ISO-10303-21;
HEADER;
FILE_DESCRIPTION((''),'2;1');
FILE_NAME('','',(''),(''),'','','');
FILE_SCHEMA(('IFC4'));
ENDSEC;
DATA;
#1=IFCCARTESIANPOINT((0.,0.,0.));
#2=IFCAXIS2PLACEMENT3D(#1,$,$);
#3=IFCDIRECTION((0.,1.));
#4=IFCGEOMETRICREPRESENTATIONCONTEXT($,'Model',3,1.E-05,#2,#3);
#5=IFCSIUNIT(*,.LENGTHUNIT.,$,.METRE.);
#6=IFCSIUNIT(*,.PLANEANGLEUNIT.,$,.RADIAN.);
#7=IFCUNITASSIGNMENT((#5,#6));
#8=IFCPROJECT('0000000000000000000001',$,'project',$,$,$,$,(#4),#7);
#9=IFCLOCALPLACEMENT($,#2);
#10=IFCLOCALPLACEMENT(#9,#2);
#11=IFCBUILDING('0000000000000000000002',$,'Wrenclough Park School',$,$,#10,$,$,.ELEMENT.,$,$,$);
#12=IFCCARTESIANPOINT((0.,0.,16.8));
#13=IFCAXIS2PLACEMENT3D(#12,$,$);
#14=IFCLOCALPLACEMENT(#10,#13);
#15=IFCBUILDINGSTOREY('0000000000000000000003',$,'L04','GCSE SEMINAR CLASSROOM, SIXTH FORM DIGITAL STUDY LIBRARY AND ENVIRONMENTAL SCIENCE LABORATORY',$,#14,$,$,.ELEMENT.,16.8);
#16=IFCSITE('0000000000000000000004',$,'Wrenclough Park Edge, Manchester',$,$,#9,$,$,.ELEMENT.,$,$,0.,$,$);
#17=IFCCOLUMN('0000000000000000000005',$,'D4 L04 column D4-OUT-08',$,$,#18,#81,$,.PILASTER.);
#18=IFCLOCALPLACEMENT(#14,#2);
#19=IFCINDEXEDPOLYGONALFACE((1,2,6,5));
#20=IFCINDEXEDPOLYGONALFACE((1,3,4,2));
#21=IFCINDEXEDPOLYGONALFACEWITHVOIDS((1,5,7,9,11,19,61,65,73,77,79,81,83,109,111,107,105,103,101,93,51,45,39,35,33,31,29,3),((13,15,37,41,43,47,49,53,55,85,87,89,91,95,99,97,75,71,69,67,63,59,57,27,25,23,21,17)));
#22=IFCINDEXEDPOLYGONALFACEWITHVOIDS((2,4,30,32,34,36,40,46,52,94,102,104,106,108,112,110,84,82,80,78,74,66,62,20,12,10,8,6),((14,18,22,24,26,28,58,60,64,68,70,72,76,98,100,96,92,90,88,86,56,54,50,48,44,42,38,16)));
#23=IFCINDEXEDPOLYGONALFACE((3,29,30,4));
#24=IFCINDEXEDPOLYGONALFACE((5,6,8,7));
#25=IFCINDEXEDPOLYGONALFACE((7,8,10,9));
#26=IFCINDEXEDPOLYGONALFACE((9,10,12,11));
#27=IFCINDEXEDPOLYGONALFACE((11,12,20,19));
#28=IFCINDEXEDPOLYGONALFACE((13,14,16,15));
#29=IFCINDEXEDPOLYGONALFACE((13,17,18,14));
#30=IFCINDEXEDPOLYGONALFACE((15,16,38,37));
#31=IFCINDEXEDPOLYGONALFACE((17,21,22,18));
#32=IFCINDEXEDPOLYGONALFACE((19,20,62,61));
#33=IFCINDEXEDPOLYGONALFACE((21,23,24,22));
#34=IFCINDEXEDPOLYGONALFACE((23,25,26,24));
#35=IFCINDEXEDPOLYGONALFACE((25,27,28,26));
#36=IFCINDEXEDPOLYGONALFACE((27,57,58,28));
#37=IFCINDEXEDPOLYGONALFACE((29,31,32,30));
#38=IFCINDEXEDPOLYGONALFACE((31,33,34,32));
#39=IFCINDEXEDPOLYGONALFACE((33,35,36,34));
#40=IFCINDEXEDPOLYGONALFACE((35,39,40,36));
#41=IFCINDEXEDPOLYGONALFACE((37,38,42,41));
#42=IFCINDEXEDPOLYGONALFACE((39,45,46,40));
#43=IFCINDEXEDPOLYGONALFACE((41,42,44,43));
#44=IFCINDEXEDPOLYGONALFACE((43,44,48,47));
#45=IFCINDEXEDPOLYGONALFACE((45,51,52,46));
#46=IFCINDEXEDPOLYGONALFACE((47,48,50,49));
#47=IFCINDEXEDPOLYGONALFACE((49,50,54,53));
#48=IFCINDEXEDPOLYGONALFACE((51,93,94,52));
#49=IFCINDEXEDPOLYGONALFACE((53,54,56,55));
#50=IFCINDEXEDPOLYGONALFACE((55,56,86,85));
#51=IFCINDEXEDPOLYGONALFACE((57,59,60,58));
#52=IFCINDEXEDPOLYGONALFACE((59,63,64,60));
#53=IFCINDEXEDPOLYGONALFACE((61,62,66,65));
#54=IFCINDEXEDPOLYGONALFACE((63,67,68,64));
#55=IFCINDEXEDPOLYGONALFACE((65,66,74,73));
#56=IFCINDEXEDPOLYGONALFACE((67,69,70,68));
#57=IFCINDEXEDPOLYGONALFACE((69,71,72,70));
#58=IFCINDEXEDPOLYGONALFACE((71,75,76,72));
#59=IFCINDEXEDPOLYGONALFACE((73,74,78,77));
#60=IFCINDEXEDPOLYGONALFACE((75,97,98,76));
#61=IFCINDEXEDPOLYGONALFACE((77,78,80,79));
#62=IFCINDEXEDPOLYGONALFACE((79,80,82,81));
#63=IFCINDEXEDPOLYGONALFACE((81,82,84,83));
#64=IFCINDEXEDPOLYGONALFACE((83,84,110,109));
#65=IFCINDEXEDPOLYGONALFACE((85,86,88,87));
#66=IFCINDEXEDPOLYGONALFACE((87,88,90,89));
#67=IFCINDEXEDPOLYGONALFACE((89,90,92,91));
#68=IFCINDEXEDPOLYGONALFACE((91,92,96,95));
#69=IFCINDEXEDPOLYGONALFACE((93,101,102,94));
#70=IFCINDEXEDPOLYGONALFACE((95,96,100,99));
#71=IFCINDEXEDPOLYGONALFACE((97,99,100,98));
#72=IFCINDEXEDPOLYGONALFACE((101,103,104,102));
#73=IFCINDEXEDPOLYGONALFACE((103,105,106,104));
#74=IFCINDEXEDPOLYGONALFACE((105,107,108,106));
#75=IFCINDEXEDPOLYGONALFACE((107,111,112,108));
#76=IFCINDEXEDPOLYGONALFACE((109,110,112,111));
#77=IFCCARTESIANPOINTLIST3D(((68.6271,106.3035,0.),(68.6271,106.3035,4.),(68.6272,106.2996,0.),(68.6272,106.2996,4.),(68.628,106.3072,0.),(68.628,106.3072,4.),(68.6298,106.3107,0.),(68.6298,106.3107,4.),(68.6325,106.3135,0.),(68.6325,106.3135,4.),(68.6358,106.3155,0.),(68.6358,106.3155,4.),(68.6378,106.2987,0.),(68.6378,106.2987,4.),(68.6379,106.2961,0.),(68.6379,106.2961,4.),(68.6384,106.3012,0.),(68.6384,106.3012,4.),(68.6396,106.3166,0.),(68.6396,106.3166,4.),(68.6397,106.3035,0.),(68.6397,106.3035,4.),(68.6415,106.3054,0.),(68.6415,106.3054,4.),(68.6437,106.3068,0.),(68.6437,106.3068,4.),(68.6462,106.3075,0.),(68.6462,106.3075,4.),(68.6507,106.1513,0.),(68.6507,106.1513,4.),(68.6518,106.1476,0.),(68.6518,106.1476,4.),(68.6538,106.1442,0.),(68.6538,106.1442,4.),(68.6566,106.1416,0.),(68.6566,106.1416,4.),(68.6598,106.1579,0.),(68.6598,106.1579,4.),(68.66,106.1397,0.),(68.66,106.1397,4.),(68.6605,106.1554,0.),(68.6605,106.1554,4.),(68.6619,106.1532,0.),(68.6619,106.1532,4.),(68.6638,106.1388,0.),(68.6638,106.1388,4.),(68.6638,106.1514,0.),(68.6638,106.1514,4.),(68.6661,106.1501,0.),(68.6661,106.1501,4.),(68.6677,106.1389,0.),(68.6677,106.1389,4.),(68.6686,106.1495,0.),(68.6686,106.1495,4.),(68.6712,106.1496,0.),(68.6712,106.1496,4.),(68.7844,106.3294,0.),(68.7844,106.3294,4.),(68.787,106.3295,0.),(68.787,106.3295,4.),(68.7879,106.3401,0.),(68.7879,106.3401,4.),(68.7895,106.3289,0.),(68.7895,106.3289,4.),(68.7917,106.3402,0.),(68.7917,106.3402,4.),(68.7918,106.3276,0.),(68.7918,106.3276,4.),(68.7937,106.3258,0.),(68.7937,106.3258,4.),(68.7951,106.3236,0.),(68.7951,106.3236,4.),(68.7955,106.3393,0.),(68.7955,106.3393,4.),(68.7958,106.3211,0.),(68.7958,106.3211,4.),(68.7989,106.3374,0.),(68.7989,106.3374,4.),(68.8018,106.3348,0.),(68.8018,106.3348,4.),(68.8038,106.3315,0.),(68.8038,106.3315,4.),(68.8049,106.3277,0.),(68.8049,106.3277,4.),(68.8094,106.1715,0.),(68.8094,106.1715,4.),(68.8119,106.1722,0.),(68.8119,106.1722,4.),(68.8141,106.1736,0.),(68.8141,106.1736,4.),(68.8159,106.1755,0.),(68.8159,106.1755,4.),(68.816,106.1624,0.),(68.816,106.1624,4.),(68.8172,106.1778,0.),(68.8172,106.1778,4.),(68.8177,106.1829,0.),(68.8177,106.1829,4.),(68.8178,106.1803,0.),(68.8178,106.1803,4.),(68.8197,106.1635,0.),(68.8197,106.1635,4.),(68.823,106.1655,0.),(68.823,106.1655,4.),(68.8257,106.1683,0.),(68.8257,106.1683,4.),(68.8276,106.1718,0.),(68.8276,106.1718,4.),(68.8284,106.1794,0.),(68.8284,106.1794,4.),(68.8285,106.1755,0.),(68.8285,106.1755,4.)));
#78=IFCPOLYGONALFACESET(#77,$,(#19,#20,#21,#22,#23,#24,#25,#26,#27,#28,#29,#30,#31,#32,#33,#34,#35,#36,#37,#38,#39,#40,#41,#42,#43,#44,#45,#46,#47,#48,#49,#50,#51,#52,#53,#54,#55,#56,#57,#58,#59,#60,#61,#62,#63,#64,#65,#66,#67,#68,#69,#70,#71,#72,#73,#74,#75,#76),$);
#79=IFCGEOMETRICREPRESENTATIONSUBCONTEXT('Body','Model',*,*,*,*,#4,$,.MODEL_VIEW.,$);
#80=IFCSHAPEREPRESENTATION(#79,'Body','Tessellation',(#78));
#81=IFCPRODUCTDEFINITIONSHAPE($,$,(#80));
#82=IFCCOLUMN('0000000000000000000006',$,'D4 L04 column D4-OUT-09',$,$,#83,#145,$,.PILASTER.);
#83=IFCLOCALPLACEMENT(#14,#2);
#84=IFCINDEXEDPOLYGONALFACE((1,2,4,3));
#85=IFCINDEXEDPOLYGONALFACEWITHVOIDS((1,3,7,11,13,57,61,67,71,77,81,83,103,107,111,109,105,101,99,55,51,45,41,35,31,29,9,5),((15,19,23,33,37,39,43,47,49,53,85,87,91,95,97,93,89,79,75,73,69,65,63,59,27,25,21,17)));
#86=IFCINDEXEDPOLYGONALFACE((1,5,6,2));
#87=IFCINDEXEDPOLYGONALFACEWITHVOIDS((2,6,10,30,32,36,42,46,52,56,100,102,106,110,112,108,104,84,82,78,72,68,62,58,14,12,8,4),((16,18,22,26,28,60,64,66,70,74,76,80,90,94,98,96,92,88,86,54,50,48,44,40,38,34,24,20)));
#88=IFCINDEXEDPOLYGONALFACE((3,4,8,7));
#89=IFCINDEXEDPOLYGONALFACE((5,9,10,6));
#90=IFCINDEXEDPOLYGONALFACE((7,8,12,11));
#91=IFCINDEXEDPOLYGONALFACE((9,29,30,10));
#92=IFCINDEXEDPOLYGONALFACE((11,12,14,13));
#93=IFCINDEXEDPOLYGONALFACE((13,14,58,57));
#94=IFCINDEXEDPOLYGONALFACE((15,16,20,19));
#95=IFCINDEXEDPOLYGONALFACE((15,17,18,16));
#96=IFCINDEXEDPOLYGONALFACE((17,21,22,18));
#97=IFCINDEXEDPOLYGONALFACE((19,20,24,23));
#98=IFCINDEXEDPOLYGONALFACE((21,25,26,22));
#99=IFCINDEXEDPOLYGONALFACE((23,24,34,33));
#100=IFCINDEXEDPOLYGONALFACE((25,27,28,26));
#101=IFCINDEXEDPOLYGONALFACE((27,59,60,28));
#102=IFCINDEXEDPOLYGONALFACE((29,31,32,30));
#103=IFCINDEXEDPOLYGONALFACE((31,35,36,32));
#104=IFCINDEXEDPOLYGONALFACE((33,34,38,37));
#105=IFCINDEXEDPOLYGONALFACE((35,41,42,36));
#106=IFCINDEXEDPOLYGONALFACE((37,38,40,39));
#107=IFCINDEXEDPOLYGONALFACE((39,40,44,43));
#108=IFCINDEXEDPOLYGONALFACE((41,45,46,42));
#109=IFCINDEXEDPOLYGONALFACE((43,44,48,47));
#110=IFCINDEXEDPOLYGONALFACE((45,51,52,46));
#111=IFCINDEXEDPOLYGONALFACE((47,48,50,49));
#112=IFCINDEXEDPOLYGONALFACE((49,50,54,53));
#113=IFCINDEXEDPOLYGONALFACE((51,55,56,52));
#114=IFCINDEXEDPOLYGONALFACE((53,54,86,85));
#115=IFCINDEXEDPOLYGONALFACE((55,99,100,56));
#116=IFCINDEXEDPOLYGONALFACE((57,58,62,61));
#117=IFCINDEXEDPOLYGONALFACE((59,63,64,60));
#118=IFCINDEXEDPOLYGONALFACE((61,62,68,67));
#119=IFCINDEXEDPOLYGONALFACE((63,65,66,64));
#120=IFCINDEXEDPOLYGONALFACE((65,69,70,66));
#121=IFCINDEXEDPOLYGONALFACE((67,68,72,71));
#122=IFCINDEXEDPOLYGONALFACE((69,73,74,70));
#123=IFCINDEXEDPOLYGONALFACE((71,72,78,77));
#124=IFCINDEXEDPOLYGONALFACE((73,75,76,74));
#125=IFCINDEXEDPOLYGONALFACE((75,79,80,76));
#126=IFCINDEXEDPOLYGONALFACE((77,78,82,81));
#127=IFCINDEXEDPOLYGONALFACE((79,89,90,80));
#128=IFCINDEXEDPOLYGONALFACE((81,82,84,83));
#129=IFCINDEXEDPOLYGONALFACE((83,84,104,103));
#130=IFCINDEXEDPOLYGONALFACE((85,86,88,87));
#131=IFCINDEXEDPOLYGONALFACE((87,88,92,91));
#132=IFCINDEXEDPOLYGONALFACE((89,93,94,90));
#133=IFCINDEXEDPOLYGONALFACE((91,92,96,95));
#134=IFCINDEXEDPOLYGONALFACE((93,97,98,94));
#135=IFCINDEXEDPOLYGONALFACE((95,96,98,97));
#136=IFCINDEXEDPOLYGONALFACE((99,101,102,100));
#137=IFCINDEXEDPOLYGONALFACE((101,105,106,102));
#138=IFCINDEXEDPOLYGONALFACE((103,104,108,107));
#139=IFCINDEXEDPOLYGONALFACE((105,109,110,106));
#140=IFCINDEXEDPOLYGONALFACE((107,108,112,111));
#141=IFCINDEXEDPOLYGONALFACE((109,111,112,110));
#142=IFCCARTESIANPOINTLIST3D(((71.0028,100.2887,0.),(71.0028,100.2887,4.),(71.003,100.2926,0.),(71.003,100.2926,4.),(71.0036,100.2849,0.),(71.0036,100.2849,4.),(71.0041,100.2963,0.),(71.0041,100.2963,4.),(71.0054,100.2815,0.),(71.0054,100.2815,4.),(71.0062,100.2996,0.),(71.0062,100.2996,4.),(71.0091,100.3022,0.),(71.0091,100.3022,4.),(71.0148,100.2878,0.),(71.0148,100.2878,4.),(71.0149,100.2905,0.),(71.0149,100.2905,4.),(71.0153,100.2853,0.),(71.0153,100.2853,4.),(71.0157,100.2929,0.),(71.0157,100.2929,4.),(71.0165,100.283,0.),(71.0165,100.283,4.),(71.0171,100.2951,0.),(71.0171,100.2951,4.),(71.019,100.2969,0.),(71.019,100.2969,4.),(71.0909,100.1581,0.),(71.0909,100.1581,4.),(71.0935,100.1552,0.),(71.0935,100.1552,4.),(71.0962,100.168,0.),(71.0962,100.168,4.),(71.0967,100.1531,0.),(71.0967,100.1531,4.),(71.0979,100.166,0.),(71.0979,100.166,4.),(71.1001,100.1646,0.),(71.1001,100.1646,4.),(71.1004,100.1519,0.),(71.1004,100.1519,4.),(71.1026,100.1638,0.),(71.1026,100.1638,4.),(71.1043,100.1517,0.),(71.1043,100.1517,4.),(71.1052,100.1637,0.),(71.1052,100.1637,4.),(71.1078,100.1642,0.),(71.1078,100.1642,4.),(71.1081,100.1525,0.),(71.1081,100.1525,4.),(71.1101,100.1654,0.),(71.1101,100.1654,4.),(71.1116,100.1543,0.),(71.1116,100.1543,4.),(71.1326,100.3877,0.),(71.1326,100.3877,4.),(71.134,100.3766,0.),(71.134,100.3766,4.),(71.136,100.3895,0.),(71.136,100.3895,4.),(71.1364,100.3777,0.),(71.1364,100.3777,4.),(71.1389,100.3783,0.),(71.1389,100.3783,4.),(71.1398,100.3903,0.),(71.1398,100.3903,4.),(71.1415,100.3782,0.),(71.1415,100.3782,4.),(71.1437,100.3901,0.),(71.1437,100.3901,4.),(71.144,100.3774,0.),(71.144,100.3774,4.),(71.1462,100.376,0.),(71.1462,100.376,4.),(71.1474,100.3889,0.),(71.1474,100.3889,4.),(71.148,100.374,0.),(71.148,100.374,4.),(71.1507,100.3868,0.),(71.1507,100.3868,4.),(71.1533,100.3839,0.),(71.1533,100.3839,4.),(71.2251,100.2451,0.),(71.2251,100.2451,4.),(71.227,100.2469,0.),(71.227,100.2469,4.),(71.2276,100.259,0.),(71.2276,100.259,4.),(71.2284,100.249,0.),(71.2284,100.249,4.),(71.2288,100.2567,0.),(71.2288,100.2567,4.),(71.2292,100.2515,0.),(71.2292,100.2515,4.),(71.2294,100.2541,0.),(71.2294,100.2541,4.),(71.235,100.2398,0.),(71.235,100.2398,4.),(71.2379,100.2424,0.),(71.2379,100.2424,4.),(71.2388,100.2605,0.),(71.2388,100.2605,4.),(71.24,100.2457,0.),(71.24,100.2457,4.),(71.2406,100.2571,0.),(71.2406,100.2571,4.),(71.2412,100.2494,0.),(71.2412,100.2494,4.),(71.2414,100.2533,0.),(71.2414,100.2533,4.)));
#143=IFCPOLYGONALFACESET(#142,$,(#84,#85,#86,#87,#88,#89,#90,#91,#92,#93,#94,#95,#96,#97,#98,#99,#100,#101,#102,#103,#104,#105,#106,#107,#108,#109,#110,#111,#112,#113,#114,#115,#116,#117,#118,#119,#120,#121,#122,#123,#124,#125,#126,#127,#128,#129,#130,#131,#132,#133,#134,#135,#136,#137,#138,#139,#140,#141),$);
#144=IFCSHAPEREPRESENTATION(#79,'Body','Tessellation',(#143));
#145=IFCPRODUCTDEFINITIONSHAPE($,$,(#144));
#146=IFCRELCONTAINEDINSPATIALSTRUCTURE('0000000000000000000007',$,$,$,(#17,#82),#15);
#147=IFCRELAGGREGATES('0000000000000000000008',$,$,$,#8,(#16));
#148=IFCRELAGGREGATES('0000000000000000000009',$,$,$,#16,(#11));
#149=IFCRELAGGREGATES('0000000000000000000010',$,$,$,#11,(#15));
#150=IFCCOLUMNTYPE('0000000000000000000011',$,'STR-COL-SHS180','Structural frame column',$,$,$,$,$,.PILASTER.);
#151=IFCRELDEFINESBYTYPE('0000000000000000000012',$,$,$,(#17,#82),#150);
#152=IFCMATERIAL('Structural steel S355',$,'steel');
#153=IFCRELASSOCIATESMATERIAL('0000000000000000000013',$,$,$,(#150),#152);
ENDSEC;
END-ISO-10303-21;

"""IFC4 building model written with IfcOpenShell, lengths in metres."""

from ifc_helpers import new_model, si_unit, direction, frame, origin, origin_2d, place, context, subcontext, project, spatial, hollow_rectangle, extrude, material, material_profile, profile_set, type_object, element, save


model = new_model("IFC4")

# Units and contexts
model_context = context("Model", 3, precision=1e-05, world=origin(), true_north=direction((0.0, 1.0)))
body_context = subcontext(model_context, "Body", "Model", "MODEL_VIEW")
ifc_project = project(units=[si_unit("LENGTHUNIT", "METRE"), si_unit("PLANEANGLEUNIT", "RADIAN")], contexts=[model_context])

# Site, building, storey
site_placement = place(None, origin())
site = spatial("IfcSite", under=ifc_project, at=site_placement, Name="Wrenclough Park Edge, Manchester", CompositionType="ELEMENT", RefElevation=0.0)
building_placement = place(site_placement, origin())
building = spatial("IfcBuilding", under=site, at=building_placement, Name="Wrenclough Park School", CompositionType="ELEMENT")
storey_placement = place(building_placement, frame((0.0, 0.0, 16.8)))
storey = spatial("IfcBuildingStorey", under=building, at=storey_placement, Name="L04", Description="GCSE SEMINAR CLASSROOM, SIXTH FORM DIGITAL STUDY LIBRARY AND ENVIRONMENTAL SCIENCE LABORATORY", CompositionType="ELEMENT", Elevation=16.8)

# Columns
ifc_material_1 = material(Name="Structural steel S355", Category="steel")
ifc_material_profile_1 = material_profile(ifc_material_1, hollow_rectangle(XDim=0.1799, YDim=0.1799, WallThickness=0.01, InnerFilletRadius=0.01, OuterFilletRadius=0.0149, at=origin_2d()), Name="SHS 180x180x10.0")
ifc_profile_set_1 = profile_set([ifc_material_profile_1], Name="Structural steel S355")
column_type = type_object("IfcColumnType", Name="STR-COL-SHS180", Description="Structural frame column", PredefinedType="PILASTER", material=ifc_profile_set_1)
for number, where, z_axis, x_axis, name in (
    (1, (68.7278, 106.2395, 0.0), (0.0, 0.0, 1.0), (0.156434, -0.987688, 0.0), "D4 L04 column D4-OUT-08"),
    (2, (71.1221, 100.271, 0.0), (0.0, 0.0, 1.0), (0.569423, -0.822045, 0.0), "D4 L04 column D4-OUT-09"),
):
    element("IfcColumn", number, at=place(storey_placement, frame(where, z_axis=z_axis, x_axis=x_axis)), inside=storey, type_object=column_type, Name=name, PredefinedType="PILASTER", context=body_context, shape_type="SweptSolid", body=[
        extrude(hollow_rectangle(XDim=0.1799, YDim=0.1799, WallThickness=0.01, InnerFilletRadius=0.01, OuterFilletRadius=0.0149, at=origin_2d()), origin(), (0.0, 0.0, 1.0), 4.0),
    ])

save(model, "model.ifc")
